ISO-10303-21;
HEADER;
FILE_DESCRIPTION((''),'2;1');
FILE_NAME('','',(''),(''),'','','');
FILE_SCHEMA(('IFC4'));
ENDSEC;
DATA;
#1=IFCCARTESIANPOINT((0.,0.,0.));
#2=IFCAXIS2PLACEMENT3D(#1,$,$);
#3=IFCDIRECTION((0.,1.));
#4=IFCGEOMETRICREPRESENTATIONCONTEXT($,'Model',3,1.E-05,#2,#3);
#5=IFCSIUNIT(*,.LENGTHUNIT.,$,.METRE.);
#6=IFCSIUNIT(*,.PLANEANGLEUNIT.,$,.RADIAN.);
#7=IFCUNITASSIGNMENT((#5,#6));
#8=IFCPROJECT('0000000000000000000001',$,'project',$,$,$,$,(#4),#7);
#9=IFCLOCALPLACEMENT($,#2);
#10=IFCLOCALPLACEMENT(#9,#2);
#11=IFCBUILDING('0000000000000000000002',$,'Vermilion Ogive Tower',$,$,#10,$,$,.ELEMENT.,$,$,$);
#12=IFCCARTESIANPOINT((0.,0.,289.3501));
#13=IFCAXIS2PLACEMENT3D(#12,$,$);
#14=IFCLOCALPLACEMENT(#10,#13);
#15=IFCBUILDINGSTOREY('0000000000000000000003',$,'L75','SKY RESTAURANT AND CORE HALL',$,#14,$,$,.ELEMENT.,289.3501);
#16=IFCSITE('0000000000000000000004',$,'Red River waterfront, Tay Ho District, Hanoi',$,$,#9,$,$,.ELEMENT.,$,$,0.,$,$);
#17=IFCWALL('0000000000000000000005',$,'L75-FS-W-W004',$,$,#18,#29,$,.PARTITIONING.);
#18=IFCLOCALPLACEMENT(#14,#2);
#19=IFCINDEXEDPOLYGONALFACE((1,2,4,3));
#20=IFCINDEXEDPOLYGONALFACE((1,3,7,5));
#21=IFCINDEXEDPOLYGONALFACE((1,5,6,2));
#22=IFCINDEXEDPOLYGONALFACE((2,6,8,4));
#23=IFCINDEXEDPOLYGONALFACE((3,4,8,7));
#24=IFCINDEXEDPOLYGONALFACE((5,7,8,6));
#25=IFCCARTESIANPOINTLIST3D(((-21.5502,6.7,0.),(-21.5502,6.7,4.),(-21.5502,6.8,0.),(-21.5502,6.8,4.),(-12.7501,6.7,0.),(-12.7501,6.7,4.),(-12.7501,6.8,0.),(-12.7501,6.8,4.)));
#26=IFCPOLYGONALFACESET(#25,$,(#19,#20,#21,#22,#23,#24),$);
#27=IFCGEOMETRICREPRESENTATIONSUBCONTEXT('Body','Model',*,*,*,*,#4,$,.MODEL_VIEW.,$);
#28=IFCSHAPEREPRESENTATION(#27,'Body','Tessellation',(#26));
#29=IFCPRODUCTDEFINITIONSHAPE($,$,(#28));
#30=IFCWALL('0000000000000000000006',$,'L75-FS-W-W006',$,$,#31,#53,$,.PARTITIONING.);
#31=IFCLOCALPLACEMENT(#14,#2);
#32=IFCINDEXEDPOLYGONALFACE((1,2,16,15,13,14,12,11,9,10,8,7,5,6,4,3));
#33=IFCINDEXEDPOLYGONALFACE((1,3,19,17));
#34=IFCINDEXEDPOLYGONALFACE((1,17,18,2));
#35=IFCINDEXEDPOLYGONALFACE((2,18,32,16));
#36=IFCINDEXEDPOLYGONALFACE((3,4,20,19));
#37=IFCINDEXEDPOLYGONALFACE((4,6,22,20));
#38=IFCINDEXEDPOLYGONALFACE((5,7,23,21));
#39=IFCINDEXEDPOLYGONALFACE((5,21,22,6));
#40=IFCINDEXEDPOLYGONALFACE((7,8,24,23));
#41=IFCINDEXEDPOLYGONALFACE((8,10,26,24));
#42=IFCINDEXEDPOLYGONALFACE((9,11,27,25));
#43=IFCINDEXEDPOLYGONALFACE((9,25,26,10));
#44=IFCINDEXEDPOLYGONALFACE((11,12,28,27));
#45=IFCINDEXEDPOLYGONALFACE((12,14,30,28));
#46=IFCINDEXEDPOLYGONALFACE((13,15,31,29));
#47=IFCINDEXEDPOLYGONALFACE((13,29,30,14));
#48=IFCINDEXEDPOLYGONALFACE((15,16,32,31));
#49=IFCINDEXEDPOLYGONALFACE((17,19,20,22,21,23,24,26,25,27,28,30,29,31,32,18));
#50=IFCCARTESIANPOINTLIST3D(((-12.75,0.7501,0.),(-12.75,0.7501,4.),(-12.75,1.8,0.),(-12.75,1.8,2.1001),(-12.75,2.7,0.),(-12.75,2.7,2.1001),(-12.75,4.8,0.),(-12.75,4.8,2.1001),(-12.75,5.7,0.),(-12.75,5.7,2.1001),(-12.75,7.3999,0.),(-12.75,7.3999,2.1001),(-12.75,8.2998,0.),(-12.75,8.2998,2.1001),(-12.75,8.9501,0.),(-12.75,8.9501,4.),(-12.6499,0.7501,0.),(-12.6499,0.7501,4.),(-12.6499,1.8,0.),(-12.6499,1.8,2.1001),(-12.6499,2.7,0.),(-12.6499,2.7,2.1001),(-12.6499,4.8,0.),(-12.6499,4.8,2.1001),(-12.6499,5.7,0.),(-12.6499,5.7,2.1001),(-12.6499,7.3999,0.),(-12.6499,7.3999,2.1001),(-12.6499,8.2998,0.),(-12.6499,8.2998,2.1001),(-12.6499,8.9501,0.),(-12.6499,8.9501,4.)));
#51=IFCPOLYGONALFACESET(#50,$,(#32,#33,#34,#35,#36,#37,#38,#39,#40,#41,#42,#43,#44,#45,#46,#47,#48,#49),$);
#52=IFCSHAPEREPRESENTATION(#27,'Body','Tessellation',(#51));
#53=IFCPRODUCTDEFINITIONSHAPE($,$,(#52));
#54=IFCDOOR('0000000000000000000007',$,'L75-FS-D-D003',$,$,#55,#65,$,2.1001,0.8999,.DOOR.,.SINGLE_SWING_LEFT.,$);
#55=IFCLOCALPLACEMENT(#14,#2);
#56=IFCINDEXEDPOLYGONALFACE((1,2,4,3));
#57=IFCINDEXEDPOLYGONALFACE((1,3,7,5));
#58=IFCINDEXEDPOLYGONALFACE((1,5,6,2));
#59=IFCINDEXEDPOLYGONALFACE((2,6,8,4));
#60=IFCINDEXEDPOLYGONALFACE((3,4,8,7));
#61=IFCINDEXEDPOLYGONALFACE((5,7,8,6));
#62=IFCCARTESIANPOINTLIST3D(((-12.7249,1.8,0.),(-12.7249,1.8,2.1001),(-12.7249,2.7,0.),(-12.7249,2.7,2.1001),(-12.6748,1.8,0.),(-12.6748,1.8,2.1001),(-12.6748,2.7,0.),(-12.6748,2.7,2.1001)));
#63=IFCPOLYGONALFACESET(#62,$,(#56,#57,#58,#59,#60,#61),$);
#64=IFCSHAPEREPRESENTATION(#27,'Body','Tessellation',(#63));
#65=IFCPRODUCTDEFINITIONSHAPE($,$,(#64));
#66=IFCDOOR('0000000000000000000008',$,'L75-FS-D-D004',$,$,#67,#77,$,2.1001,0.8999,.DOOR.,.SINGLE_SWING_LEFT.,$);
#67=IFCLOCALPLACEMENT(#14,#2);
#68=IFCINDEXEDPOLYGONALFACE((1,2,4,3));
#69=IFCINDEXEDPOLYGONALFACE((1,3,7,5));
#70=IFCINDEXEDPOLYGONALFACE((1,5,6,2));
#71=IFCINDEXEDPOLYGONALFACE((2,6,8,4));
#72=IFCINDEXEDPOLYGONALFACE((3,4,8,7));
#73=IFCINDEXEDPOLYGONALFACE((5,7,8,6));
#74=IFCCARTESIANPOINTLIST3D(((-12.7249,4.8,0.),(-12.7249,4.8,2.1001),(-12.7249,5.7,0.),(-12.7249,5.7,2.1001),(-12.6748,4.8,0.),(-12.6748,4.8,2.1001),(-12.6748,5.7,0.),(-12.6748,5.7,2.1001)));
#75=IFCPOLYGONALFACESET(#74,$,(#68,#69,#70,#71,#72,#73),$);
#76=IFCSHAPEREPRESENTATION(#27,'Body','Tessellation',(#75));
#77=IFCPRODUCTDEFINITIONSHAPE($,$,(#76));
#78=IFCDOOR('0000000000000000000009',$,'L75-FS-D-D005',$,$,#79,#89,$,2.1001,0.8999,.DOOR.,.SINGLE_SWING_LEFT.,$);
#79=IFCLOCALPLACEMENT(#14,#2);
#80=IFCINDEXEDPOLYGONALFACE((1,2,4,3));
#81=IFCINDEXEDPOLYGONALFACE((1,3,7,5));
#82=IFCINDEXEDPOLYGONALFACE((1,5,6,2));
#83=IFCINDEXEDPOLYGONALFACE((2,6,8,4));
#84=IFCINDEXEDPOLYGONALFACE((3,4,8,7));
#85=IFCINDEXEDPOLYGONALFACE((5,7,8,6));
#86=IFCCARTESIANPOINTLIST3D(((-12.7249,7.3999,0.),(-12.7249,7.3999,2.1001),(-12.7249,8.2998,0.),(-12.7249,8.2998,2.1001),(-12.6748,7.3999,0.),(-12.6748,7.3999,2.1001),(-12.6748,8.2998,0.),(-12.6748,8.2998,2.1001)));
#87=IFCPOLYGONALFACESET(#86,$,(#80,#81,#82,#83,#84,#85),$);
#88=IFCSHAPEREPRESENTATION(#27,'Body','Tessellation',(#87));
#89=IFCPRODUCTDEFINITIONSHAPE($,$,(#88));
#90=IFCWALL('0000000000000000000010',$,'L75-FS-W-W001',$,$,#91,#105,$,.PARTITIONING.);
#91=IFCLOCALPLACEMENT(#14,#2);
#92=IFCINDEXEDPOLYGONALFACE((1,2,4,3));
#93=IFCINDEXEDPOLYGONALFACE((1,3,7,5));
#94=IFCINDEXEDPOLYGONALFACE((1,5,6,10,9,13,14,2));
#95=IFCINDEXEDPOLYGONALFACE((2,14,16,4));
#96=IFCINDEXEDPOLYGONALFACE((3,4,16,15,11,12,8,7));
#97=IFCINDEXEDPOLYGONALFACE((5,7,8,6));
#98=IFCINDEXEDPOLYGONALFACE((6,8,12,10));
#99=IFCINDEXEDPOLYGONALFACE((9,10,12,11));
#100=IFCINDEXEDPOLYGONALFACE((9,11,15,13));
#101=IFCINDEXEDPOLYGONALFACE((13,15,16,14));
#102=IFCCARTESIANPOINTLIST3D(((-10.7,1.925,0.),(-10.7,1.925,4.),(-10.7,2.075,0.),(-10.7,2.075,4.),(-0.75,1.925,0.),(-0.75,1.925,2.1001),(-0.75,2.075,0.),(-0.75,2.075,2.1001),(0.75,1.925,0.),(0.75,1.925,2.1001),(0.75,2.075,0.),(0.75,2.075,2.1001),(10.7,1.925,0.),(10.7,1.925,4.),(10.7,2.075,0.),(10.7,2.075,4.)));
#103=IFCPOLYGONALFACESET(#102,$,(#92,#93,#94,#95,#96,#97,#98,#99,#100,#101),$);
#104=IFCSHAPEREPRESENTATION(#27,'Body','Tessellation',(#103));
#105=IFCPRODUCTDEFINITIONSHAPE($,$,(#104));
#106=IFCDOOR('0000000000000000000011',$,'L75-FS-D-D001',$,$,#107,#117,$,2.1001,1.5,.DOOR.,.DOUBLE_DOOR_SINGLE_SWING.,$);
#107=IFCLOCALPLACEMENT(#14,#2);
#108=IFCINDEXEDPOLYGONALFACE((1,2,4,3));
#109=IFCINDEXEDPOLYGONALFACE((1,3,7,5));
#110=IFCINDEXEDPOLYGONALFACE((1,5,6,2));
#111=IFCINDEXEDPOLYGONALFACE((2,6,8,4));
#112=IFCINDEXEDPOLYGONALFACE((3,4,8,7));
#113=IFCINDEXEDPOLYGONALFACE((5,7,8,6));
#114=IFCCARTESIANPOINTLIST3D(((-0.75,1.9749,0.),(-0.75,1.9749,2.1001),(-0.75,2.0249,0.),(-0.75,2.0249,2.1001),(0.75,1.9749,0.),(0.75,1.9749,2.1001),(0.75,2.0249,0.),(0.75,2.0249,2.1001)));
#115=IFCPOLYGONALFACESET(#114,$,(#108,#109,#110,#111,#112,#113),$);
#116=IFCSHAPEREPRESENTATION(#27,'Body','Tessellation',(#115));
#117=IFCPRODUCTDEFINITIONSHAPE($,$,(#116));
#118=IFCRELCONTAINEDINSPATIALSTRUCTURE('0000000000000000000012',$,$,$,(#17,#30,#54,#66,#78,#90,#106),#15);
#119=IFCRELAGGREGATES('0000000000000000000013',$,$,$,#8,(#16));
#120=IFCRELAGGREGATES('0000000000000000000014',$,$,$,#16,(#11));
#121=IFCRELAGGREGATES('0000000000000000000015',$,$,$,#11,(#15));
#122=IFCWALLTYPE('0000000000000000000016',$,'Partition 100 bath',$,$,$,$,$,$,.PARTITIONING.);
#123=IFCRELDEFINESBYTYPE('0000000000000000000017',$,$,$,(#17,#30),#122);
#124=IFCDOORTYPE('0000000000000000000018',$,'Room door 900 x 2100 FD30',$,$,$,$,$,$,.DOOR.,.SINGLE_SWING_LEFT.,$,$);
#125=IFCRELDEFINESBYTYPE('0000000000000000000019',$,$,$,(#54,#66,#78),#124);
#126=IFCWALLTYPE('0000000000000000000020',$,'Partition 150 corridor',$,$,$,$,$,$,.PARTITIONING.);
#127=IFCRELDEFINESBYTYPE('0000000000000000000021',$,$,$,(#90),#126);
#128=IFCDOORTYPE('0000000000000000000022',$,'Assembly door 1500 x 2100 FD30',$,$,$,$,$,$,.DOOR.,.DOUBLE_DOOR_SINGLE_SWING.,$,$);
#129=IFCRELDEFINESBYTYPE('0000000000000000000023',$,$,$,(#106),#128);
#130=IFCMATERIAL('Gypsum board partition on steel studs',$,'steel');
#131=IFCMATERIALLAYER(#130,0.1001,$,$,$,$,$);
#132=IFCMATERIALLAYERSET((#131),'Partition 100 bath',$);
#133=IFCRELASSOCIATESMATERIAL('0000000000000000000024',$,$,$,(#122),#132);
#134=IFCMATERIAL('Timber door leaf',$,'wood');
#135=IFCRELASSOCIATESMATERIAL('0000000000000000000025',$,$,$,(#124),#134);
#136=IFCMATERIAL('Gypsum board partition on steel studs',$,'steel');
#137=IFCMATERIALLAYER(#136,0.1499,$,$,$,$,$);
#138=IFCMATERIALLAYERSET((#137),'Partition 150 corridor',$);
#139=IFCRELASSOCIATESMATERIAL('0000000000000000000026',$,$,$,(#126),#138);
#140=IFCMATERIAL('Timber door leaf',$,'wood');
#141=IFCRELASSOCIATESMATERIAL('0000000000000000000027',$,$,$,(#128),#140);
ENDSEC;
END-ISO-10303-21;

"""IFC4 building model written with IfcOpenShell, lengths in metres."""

from ifc_helpers import new_model, si_unit, direction, frame, frame_2d, origin, place, context, subcontext, project, spatial, rectangle, extrude, material, layer, layer_set, type_object, element, fill, save


model = new_model("IFC4")

# Units and contexts
model_context = context("Model", 3, precision=1e-05, world=origin(), true_north=direction((0.0, 1.0)))
body_context = subcontext(model_context, "Body", "Model", "MODEL_VIEW")
ifc_project = project(units=[si_unit("LENGTHUNIT", "METRE"), si_unit("PLANEANGLEUNIT", "RADIAN")], contexts=[model_context])

# Site, building, storey
site_placement = place(None, origin())
site = spatial("IfcSite", under=ifc_project, at=site_placement, Name="Red River waterfront, Tay Ho District, Hanoi", CompositionType="ELEMENT", RefElevation=0.0)
building_placement = place(site_placement, origin())
building = spatial("IfcBuilding", under=site, at=building_placement, Name="Vermilion Ogive Tower", CompositionType="ELEMENT")
storey_placement = place(building_placement, frame((0.0, 0.0, 289.3501)))
storey = spatial("IfcBuildingStorey", under=building, at=storey_placement, Name="L75", Description="SKY RESTAURANT AND CORE HALL", CompositionType="ELEMENT", Elevation=289.3501)

# Wall
ifc_material_1 = material(Name="Gypsum board partition on steel studs", Category="steel")
ifc_layer_1 = layer(ifc_material_1, 0.1001)
ifc_layer_set_1 = layer_set([ifc_layer_1], Name="Partition 100 bath")
wall_type_1 = type_object("IfcWallType", Name="Partition 100 bath", PredefinedType="PARTITIONING", material=ifc_layer_set_1)
for number, where, z_axis, x_axis, name in (
    (1, (-21.55, 6.75, 0.0), (0.0, 0.0, 1.0), (1.0, 0.0, 0.0), "L75-FS-W-W004"),
):
    element("IfcWall", number, at=place(storey_placement, frame(where, z_axis=z_axis, x_axis=x_axis)), inside=storey, type_object=wall_type_1, Name=name, PredefinedType="PARTITIONING", context=body_context, shape_type="SweptSolid", body=[
        extrude(rectangle(XDim=8.8, YDim=0.1001, at=frame_2d((4.3999, 0.0))), origin(), (0.0, 0.0, 1.0), 4.0),
    ])

# Wall, openings, doors
wall_1_placement = place(storey_placement, frame((-12.7, 0.75, 0.0), z_axis=(0.0, 0.0, 1.0), x_axis=(0.0, 1.0, 0.0)))
wall_1 = element("IfcWall", 2, at=wall_1_placement, inside=storey, type_object=wall_type_1, Name="L75-FS-W-W006", PredefinedType="PARTITIONING", context=body_context, shape_type="SweptSolid", body=[
    extrude(rectangle(XDim=8.2, YDim=0.1001, at=frame_2d((4.1001, 0.0))), origin(), (0.0, 0.0, 1.0), 4.0),
])
opening_1_placement = place(wall_1_placement, frame((1.05, 0.0, 0.0)))
opening_1 = element("IfcOpeningElement", 3, at=opening_1_placement, cuts=wall_1, PredefinedType="OPENING", context=body_context, shape_type="SweptSolid", body=[
    extrude(rectangle(XDim=0.8999, YDim=2.1001, at=frame_2d((0.45, 1.05))), frame((0.0, 0.0601, 0.0), z_axis=(0.0, -1.0, 0.0), x_axis=(1.0, 0.0, 0.0)), (0.0, 0.0, 1.0), 0.1201),
])
opening_2_placement = place(wall_1_placement, frame((4.05, 0.0, 0.0)))
opening_2 = element("IfcOpeningElement", 4, at=opening_2_placement, cuts=wall_1, PredefinedType="OPENING", context=body_context, shape_type="SweptSolid", body=[
    extrude(rectangle(XDim=0.8999, YDim=2.1001, at=frame_2d((0.45, 1.05))), frame((0.0, 0.0601, 0.0), z_axis=(0.0, -1.0, 0.0), x_axis=(1.0, 0.0, 0.0)), (0.0, 0.0, 1.0), 0.1201),
])
opening_3_placement = place(wall_1_placement, frame((6.6499, 0.0, 0.0)))
opening_3 = element("IfcOpeningElement", 5, at=opening_3_placement, cuts=wall_1, PredefinedType="OPENING", context=body_context, shape_type="SweptSolid", body=[
    extrude(rectangle(XDim=0.8999, YDim=2.1001, at=frame_2d((0.45, 1.05))), frame((0.0, 0.0601, 0.0), z_axis=(0.0, -1.0, 0.0), x_axis=(1.0, 0.0, 0.0)), (0.0, 0.0, 1.0), 0.1201),
])
ifc_material_2 = material(Name="Timber door leaf", Category="wood")
door_type_1 = type_object("IfcDoorType", Name="Room door 900 x 2100 FD30", OperationType="SINGLE_SWING_LEFT", PredefinedType="DOOR", material=ifc_material_2)
door_1_placement = place(opening_1_placement, origin())
door_1 = element("IfcDoor", 6, at=door_1_placement, inside=storey, type_object=door_type_1, Name="L75-FS-D-D003", OperationType="SINGLE_SWING_LEFT", OverallHeight=2.1001, OverallWidth=0.8999, PredefinedType="DOOR", context=body_context, shape_type="SweptSolid", body=[
    extrude(rectangle(XDim=0.8999, YDim=2.1001, at=frame_2d((0.45, 1.05))), frame((0.0, 0.0249, 0.0), z_axis=(0.0, -1.0, 0.0), x_axis=(1.0, 0.0, 0.0)), (0.0, 0.0, 1.0), 0.05),
])
fill(opening_1, door_1)
door_2_placement = place(opening_2_placement, origin())
door_2 = element("IfcDoor", 7, at=door_2_placement, inside=storey, type_object=door_type_1, Name="L75-FS-D-D004", OperationType="SINGLE_SWING_LEFT", OverallHeight=2.1001, OverallWidth=0.8999, PredefinedType="DOOR", context=body_context, shape_type="SweptSolid", body=[
    extrude(rectangle(XDim=0.8999, YDim=2.1001, at=frame_2d((0.45, 1.05))), frame((0.0, 0.0249, 0.0), z_axis=(0.0, -1.0, 0.0), x_axis=(1.0, 0.0, 0.0)), (0.0, 0.0, 1.0), 0.05),
])
fill(opening_2, door_2)
door_3_placement = place(opening_3_placement, origin())
door_3 = element("IfcDoor", 8, at=door_3_placement, inside=storey, type_object=door_type_1, Name="L75-FS-D-D005", OperationType="SINGLE_SWING_LEFT", OverallHeight=2.1001, OverallWidth=0.8999, PredefinedType="DOOR", context=body_context, shape_type="SweptSolid", body=[
    extrude(rectangle(XDim=0.8999, YDim=2.1001, at=frame_2d((0.45, 1.05))), frame((0.0, 0.0249, 0.0), z_axis=(0.0, -1.0, 0.0), x_axis=(1.0, 0.0, 0.0)), (0.0, 0.0, 1.0), 0.05),
])
fill(opening_3, door_3)

# Wall, opening, door
ifc_material_3 = material(Name="Gypsum board partition on steel studs", Category="steel")
ifc_layer_2 = layer(ifc_material_3, 0.1499)
ifc_layer_set_2 = layer_set([ifc_layer_2], Name="Partition 150 corridor")
wall_type_2 = type_object("IfcWallType", Name="Partition 150 corridor", PredefinedType="PARTITIONING", material=ifc_layer_set_2)
wall_2_placement = place(storey_placement, frame((-10.7, 2.0, 0.0), z_axis=(0.0, 0.0, 1.0), x_axis=(1.0, 0.0, 0.0)))
wall_2 = element("IfcWall", 9, at=wall_2_placement, inside=storey, type_object=wall_type_2, Name="L75-FS-W-W001", PredefinedType="PARTITIONING", context=body_context, shape_type="SweptSolid", body=[
    extrude(rectangle(XDim=21.3999, YDim=0.1499, at=frame_2d((10.7, 0.0))), origin(), (0.0, 0.0, 1.0), 4.0),
])
opening_4_placement = place(wall_2_placement, frame((9.95, 0.0, 0.0)))
opening_4 = element("IfcOpeningElement", 10, at=opening_4_placement, cuts=wall_2, PredefinedType="OPENING", context=body_context, shape_type="SweptSolid", body=[
    extrude(rectangle(XDim=1.5, YDim=2.1001, at=frame_2d((0.75, 1.05))), frame((0.0, 0.085, 0.0), z_axis=(0.0, -1.0, 0.0), x_axis=(1.0, 0.0, 0.0)), (0.0, 0.0, 1.0), 0.1699),
])
ifc_material_4 = material(Name="Timber door leaf", Category="wood")
door_type_2 = type_object("IfcDoorType", Name="Assembly door 1500 x 2100 FD30", OperationType="DOUBLE_DOOR_SINGLE_SWING", PredefinedType="DOOR", material=ifc_material_4)
door_4_placement = place(opening_4_placement, origin())
door_4 = element("IfcDoor", 11, at=door_4_placement, inside=storey, type_object=door_type_2, Name="L75-FS-D-D001", OperationType="DOUBLE_DOOR_SINGLE_SWING", OverallHeight=2.1001, OverallWidth=1.5, PredefinedType="DOOR", context=body_context, shape_type="SweptSolid", body=[
    extrude(rectangle(XDim=1.5, YDim=2.1001, at=frame_2d((0.75, 1.05))), frame((0.0, 0.0249, 0.0), z_axis=(0.0, -1.0, 0.0), x_axis=(1.0, 0.0, 0.0)), (0.0, 0.0, 1.0), 0.05),
])
fill(opening_4, door_4)

save(model, "model.ifc")
